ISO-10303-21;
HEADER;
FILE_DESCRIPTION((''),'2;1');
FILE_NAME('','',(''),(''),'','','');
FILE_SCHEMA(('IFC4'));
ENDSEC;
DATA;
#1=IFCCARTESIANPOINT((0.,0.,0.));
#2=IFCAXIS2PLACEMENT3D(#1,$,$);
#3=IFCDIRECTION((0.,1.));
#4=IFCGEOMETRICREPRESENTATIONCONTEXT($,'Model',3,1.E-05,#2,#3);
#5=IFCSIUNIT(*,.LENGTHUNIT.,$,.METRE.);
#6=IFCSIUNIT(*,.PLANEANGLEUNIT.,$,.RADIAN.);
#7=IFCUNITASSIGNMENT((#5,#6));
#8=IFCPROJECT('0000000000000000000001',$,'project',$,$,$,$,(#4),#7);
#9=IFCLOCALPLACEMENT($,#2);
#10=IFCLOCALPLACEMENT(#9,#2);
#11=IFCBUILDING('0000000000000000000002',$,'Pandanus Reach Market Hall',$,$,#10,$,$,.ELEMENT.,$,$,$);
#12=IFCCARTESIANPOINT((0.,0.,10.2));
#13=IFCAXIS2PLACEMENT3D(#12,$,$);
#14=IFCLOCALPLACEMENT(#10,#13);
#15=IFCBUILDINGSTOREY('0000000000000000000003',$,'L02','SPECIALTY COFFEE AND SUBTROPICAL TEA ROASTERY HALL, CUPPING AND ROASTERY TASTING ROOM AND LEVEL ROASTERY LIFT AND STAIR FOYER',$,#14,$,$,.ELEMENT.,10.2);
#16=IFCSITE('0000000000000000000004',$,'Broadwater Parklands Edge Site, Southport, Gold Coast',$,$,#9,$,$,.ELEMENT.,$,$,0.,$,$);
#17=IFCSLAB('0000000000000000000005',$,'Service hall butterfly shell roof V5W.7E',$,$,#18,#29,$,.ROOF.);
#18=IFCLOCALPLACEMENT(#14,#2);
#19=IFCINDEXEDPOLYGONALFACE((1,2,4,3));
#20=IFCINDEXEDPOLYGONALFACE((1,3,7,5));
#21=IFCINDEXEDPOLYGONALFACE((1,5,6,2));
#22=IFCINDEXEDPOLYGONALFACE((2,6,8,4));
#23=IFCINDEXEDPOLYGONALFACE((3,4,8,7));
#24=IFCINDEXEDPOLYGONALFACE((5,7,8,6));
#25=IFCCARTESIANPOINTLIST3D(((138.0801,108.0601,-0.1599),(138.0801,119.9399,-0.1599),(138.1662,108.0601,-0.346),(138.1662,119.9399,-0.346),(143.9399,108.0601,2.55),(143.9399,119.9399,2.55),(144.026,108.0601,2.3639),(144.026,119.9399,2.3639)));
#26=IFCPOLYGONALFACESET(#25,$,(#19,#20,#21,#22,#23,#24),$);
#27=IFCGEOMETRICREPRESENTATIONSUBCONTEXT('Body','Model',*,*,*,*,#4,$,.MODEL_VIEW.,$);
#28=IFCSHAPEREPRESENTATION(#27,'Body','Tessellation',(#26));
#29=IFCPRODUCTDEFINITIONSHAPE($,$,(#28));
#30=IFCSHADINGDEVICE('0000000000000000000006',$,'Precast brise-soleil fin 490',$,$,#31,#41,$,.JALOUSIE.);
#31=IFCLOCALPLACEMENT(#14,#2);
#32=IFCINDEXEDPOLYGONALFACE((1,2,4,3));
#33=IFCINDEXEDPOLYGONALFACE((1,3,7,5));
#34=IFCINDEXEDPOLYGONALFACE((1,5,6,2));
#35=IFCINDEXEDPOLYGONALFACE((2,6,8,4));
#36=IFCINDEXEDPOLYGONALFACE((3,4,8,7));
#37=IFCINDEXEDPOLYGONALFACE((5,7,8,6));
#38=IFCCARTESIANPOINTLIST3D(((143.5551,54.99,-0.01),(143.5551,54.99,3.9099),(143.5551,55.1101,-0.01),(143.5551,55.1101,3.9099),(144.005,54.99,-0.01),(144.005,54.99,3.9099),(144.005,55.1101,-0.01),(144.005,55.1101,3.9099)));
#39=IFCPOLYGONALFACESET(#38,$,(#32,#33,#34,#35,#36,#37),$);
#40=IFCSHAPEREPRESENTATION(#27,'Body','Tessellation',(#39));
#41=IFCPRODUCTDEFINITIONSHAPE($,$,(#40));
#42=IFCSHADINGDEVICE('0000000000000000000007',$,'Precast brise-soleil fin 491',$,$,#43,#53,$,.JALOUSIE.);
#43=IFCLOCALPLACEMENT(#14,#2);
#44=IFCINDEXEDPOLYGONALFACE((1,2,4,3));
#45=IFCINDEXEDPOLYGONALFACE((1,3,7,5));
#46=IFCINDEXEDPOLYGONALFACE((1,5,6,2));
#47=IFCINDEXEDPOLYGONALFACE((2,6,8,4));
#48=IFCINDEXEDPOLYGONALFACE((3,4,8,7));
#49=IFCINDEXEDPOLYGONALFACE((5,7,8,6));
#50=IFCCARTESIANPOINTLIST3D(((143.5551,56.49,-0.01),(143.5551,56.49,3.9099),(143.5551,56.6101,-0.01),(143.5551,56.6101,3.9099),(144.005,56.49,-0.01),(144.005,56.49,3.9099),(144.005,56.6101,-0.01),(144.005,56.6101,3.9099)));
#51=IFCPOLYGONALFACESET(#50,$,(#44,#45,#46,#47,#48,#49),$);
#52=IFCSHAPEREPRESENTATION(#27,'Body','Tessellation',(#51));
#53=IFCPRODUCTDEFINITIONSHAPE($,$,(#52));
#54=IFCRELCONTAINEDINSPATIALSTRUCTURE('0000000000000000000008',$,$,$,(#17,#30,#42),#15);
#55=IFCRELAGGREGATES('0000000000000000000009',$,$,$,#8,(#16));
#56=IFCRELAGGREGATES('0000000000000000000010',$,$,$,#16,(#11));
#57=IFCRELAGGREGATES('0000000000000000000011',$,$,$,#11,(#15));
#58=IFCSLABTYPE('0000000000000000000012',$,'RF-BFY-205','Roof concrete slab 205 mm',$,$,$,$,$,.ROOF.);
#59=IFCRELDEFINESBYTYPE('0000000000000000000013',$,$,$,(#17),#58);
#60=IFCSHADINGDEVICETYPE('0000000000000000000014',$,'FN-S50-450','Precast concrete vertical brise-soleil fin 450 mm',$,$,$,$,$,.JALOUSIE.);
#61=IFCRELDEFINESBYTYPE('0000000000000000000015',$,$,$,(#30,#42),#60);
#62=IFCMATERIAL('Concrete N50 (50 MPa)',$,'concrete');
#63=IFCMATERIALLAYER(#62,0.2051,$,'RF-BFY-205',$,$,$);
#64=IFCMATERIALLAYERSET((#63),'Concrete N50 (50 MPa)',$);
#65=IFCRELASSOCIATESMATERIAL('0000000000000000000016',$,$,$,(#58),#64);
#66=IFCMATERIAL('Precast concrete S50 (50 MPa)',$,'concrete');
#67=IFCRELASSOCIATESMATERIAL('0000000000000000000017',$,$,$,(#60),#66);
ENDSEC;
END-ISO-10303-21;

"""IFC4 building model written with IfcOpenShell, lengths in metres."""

from ifc_helpers import new_model, si_unit, direction, frame, origin, origin_2d, place, context, subcontext, project, spatial, polyline, rectangle, outline, extrude, material, layer, layer_set, type_object, element, save


model = new_model("IFC4")

# Units and contexts
model_context = context("Model", 3, precision=1e-05, world=origin(), true_north=direction((0.0, 1.0)))
body_context = subcontext(model_context, "Body", "Model", "MODEL_VIEW")
ifc_project = project(units=[si_unit("LENGTHUNIT", "METRE"), si_unit("PLANEANGLEUNIT", "RADIAN")], contexts=[model_context])

# Site, building, storey
site_placement = place(None, origin())
site = spatial("IfcSite", under=ifc_project, at=site_placement, Name="Broadwater Parklands Edge Site, Southport, Gold Coast", CompositionType="ELEMENT", RefElevation=0.0)
building_placement = place(site_placement, origin())
building = spatial("IfcBuilding", under=site, at=building_placement, Name="Pandanus Reach Market Hall", CompositionType="ELEMENT")
storey_placement = place(building_placement, frame((0.0, 0.0, 10.2)))
storey = spatial("IfcBuildingStorey", under=building, at=storey_placement, Name="L02", Description="SPECIALTY COFFEE AND SUBTROPICAL TEA ROASTERY HALL, CUPPING AND ROASTERY TASTING ROOM AND LEVEL ROASTERY LIFT AND STAIR FOYER", CompositionType="ELEMENT", Elevation=10.2)

# Slab
ifc_material_1 = material(Name="Concrete N50 (50 MPa)", Category="concrete")
ifc_layer = layer(ifc_material_1, 0.2051, Name="RF-BFY-205")
ifc_layer_set = layer_set([ifc_layer], Name="Concrete N50 (50 MPa)")
slab_type = type_object("IfcSlabType", Name="RF-BFY-205", Description="Roof concrete slab 205 mm", PredefinedType="ROOF", material=ifc_layer_set)
for number, where, z_axis, x_axis, name in (
    (1, (138.0801, 108.0601, -0.1599), (-0.419749, 0.0, 0.90764), (0.90764, 0.0, 0.419749), "Service hall butterfly shell roof V5W.7E"),
):
    element("IfcSlab", number, at=place(storey_placement, frame(where, z_axis=z_axis, x_axis=x_axis)), inside=storey, type_object=slab_type, Name=name, PredefinedType="ROOF", context=body_context, shape_type="SweptSolid", body=[
        extrude(outline(polyline([(0.0, 0.0), (6.4562, 0.0), (6.4562, 11.8799), (0.0, 11.8799), (0.0, 0.0)])), origin(), (0.0, 0.0, -1.0), 0.2051),
    ])

# Shading devices
ifc_material_2 = material(Name="Precast concrete S50 (50 MPa)", Category="concrete")
shading_device_type = type_object("IfcShadingDeviceType", Name="FN-S50-450", Description="Precast concrete vertical brise-soleil fin 450 mm", PredefinedType="JALOUSIE", material=ifc_material_2)
for number, where, z_axis, x_axis, name in (
    (2, (143.78, 55.05, -0.01), (0.0, 0.0, 1.0), (-1.0, 0.0, 0.0), "Precast brise-soleil fin 490"),
    (3, (143.78, 56.55, -0.01), (0.0, 0.0, 1.0), (-1.0, 0.0, 0.0), "Precast brise-soleil fin 491"),
):
    element("IfcShadingDevice", number, at=place(storey_placement, frame(where, z_axis=z_axis, x_axis=x_axis)), inside=storey, type_object=shading_device_type, Name=name, PredefinedType="JALOUSIE", context=body_context, shape_type="SweptSolid", body=[
        extrude(rectangle(XDim=0.45, YDim=0.1201, at=origin_2d()), origin(), (0.0, 0.0, 1.0), 3.9199),
    ])

save(model, "model.ifc")
